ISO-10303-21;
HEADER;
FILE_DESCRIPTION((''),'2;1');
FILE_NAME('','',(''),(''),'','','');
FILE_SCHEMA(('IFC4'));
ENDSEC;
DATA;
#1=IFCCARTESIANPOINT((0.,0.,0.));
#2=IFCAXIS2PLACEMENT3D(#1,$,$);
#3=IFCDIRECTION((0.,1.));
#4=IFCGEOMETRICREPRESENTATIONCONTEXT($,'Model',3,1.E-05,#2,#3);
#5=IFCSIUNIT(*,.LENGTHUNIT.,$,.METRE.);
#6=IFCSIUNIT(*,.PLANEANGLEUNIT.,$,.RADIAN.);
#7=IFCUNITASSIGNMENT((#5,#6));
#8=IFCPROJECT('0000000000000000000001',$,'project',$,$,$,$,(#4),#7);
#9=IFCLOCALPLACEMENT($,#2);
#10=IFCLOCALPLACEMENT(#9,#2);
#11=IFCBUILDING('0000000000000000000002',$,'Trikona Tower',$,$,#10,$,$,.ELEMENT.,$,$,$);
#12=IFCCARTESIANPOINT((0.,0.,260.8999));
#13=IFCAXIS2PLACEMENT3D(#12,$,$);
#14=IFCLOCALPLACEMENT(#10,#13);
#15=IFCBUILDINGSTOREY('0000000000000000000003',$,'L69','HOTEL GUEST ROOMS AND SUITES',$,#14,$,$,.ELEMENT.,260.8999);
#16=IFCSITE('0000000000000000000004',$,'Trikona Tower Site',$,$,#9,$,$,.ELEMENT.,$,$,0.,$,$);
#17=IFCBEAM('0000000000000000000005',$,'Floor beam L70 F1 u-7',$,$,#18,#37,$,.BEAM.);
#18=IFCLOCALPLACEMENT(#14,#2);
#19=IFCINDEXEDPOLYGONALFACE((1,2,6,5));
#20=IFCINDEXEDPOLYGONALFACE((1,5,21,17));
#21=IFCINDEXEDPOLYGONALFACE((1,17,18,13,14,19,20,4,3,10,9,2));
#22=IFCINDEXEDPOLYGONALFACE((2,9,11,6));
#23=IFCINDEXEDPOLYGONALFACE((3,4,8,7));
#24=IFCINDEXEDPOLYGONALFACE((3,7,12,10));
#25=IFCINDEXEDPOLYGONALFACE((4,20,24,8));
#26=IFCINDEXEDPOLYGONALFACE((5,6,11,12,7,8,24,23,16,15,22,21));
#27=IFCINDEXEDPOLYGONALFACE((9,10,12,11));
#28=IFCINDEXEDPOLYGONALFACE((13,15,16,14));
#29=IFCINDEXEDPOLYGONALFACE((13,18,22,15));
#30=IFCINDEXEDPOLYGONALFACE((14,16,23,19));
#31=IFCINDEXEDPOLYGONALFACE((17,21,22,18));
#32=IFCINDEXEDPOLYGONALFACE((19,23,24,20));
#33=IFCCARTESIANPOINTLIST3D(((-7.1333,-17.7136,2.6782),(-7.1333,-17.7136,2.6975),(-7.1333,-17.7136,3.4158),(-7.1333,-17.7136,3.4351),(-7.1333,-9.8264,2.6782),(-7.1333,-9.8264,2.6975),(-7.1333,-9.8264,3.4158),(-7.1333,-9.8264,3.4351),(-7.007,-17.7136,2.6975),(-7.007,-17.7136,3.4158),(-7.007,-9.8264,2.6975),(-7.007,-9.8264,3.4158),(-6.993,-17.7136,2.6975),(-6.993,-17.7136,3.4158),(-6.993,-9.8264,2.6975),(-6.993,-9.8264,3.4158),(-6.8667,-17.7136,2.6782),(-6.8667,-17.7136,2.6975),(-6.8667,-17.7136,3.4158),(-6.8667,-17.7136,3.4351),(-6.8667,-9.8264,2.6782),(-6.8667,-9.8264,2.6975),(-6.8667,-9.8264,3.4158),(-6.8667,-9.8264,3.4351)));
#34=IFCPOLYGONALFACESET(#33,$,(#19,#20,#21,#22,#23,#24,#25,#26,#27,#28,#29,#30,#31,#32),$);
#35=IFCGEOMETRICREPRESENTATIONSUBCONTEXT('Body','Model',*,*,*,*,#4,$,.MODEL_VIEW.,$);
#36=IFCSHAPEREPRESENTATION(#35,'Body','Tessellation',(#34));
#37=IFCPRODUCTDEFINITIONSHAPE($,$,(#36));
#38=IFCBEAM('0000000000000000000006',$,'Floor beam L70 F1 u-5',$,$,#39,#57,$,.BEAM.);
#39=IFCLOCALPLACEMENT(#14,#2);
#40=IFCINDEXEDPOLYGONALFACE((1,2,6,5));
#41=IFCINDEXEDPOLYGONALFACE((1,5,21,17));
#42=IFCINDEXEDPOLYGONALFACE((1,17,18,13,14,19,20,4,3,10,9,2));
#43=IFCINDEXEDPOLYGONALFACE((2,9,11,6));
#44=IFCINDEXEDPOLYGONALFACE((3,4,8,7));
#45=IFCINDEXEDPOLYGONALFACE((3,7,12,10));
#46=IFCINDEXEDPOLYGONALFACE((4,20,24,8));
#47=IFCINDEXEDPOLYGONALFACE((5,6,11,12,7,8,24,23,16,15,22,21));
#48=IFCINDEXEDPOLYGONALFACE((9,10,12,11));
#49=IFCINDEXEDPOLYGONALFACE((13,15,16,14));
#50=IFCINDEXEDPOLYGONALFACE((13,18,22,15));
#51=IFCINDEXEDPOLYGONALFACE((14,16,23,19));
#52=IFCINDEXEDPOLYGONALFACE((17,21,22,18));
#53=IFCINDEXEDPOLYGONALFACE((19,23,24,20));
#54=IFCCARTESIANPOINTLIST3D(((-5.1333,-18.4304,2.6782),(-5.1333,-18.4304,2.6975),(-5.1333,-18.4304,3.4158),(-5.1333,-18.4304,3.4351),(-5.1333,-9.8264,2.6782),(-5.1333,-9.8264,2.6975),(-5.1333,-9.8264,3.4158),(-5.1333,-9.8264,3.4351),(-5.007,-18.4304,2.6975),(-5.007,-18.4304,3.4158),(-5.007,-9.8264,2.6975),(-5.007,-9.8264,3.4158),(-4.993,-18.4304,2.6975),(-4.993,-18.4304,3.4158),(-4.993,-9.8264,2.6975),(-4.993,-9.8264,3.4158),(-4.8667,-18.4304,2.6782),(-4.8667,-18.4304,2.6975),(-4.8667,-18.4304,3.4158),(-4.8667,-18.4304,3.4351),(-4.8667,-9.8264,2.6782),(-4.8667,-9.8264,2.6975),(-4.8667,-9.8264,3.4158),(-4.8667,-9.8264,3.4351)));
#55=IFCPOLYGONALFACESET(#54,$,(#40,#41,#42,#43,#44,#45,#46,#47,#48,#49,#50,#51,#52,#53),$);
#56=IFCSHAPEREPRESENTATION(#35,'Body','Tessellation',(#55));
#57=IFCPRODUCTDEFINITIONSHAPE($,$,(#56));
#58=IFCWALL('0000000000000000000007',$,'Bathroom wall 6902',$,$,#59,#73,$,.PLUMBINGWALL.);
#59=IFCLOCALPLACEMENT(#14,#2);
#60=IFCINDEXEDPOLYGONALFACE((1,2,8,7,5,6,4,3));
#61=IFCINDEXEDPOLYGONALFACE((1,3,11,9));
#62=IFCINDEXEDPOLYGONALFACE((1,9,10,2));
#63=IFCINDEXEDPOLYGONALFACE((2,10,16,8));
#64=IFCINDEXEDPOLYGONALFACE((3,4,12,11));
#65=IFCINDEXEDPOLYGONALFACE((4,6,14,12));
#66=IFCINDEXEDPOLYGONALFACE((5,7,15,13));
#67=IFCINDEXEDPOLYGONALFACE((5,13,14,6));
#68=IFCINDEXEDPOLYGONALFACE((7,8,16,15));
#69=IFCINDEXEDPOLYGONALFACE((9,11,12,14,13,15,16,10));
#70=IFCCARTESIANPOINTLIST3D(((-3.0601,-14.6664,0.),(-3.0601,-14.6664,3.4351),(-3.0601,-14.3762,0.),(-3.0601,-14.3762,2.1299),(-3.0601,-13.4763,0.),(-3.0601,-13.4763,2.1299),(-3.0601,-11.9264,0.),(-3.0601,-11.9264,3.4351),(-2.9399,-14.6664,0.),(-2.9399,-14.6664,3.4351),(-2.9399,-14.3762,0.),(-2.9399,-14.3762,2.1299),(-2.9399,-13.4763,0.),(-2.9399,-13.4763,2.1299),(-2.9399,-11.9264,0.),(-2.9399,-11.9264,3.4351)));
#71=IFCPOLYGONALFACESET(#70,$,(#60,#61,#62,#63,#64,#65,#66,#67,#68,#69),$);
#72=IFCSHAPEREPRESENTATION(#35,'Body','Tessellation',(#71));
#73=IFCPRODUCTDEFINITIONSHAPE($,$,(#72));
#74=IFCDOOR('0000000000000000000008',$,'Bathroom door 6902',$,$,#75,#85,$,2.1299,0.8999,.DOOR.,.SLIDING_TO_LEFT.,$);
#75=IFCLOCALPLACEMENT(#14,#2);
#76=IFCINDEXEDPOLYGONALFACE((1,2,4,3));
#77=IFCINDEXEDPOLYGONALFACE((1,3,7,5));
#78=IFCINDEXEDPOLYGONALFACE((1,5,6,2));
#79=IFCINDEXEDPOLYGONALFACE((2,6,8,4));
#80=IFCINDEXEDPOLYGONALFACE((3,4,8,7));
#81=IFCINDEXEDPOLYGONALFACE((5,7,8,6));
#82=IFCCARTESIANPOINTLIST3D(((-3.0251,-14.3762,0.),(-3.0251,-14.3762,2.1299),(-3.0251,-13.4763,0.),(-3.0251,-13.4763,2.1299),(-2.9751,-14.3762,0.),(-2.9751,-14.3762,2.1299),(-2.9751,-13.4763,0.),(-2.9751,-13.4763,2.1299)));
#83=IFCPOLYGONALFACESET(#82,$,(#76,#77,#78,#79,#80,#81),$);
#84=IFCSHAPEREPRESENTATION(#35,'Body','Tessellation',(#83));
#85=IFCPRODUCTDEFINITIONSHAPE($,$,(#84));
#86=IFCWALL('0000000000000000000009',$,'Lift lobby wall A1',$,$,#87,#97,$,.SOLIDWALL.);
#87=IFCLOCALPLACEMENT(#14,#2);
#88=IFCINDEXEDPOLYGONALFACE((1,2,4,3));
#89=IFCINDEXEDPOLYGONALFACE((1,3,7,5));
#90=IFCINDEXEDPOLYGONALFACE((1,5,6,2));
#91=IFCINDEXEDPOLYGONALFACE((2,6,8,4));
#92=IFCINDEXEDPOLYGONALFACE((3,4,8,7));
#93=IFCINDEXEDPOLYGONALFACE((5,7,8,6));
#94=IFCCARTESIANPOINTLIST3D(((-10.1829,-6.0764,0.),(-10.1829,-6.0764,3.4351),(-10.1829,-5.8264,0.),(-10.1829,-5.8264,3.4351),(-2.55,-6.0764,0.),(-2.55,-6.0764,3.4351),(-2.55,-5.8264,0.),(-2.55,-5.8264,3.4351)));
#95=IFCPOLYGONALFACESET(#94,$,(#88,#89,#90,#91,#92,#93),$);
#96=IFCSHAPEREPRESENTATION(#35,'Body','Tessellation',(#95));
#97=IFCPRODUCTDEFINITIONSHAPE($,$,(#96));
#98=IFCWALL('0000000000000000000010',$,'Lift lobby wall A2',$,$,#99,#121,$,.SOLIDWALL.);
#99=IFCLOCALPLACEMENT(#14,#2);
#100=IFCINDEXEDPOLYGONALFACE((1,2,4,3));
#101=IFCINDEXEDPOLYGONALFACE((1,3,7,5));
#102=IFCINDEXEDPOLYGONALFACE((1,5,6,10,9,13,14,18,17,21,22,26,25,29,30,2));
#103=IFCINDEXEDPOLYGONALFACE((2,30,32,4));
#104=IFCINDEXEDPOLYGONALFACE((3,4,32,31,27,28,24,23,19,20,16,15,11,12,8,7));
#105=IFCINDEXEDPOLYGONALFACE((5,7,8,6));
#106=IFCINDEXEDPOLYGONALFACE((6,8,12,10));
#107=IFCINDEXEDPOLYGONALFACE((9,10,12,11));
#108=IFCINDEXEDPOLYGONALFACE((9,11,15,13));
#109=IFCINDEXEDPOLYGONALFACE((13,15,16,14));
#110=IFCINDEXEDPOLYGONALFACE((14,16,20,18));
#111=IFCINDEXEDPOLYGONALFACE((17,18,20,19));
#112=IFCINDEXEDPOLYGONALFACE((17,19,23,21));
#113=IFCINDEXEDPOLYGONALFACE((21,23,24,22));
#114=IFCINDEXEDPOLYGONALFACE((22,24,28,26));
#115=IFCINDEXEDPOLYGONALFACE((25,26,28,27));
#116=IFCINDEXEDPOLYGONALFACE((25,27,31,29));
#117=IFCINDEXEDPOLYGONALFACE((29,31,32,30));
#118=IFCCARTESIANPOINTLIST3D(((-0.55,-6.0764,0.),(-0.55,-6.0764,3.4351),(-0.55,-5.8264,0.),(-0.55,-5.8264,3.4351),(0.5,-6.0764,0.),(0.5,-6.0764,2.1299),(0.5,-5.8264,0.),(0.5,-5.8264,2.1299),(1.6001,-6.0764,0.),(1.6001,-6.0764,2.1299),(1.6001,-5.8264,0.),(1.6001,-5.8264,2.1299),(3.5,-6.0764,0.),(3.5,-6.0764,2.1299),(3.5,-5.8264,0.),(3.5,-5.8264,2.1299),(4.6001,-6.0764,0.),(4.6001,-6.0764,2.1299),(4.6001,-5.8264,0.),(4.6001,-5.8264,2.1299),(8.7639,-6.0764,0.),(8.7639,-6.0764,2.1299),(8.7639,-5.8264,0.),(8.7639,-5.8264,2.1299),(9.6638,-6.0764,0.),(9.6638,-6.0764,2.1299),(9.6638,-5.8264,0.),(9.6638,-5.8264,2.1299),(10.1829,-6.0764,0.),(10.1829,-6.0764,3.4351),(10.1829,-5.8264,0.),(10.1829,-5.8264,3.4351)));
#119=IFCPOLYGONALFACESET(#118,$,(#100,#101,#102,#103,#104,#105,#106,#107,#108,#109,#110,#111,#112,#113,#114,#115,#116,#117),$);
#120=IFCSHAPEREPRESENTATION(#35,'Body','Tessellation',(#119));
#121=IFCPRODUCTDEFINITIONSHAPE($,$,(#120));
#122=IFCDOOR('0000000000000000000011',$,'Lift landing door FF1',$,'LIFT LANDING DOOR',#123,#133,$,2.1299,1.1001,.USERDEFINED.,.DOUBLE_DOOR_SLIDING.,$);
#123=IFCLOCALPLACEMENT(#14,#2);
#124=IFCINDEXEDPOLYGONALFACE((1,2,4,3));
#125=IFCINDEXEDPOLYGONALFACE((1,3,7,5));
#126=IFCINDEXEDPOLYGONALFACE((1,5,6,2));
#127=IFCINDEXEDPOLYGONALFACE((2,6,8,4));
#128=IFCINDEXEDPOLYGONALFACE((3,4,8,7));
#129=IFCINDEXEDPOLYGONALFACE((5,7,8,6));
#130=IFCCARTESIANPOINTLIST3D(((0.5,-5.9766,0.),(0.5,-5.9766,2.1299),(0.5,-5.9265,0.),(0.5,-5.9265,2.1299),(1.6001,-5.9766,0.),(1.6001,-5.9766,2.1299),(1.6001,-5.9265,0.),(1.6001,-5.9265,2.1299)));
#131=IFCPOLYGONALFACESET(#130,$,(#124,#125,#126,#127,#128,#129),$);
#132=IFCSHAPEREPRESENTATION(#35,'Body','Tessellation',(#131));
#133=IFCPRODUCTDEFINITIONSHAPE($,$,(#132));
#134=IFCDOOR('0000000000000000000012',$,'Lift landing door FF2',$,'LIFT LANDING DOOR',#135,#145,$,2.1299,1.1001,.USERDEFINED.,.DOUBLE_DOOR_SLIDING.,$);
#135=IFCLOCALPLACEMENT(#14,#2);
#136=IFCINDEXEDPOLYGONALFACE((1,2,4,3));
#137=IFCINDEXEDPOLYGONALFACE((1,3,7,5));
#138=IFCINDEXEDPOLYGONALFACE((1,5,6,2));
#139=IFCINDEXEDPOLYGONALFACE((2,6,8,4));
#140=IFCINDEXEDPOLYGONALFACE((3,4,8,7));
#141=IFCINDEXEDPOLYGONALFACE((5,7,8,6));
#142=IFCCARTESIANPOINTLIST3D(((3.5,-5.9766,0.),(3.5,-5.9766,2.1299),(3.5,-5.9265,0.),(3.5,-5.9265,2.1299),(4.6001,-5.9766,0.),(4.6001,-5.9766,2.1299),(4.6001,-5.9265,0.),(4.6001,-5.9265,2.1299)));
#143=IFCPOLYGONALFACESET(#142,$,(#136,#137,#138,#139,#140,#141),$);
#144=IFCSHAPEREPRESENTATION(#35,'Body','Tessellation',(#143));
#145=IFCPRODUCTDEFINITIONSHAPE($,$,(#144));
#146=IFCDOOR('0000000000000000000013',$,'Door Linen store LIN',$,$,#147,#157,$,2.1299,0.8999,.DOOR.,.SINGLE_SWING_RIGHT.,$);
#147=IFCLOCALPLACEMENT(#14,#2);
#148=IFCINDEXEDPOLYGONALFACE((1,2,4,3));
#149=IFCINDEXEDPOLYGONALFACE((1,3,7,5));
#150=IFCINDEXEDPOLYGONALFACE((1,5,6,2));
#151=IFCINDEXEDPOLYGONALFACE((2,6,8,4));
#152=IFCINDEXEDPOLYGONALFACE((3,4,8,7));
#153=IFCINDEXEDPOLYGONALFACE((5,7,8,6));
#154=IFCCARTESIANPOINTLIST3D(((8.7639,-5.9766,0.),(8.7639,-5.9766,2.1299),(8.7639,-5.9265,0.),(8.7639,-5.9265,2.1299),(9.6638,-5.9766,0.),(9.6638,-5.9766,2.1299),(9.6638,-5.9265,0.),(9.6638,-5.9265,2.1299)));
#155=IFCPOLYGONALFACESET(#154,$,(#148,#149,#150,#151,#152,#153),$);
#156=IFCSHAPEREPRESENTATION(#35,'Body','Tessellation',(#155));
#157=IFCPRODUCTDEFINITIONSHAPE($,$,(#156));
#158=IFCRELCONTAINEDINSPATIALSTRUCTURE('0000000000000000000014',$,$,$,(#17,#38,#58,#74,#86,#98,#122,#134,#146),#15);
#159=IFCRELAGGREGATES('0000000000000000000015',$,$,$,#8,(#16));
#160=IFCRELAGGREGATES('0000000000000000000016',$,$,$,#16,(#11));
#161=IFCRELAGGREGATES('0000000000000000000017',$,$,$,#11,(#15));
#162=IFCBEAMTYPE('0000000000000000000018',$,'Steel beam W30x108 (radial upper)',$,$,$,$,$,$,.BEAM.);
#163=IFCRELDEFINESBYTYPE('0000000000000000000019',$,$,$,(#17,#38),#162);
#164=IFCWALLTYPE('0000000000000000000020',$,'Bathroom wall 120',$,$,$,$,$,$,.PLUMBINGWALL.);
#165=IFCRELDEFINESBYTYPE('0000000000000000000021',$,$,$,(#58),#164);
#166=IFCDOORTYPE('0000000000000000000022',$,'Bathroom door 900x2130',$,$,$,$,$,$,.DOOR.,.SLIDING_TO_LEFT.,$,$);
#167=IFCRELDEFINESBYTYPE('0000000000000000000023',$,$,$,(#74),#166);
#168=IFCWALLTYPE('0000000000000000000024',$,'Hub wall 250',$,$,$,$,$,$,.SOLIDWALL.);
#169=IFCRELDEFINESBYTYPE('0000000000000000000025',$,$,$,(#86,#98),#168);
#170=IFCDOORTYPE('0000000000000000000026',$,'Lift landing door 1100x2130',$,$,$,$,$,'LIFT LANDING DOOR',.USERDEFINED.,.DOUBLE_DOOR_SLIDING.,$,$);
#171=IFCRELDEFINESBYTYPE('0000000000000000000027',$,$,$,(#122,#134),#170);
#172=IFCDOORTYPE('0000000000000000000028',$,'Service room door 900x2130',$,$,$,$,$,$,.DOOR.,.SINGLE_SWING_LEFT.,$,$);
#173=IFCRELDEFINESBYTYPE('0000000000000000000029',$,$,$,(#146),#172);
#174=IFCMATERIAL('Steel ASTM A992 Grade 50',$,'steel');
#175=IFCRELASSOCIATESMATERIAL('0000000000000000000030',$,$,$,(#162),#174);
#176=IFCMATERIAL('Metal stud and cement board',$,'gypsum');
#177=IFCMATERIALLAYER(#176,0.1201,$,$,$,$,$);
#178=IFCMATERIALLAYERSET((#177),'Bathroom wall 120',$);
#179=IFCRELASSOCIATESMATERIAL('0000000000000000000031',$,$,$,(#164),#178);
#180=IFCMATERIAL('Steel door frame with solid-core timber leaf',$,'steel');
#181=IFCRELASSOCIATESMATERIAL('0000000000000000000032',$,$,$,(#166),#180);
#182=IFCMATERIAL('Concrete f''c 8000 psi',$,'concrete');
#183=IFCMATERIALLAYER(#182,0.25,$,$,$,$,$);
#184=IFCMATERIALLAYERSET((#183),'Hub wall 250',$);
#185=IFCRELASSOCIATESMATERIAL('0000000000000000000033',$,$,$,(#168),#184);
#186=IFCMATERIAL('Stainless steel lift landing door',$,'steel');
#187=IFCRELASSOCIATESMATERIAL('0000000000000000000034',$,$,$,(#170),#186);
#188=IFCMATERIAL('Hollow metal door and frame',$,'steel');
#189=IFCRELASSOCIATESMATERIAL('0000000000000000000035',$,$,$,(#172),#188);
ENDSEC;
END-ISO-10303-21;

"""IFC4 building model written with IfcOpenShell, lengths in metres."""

from ifc_helpers import new_model, si_unit, direction, frame, frame_2d, origin, origin_2d, place, context, subcontext, project, spatial, rectangle, i_section, extrude, material, layer, layer_set, material_profile, profile_set, type_object, element, fill, save


model = new_model("IFC4")

# Units and contexts
model_context = context("Model", 3, precision=1e-05, world=origin(), true_north=direction((0.0, 1.0)))
body_context = subcontext(model_context, "Body", "Model", "MODEL_VIEW")
ifc_project = project(units=[si_unit("LENGTHUNIT", "METRE"), si_unit("PLANEANGLEUNIT", "RADIAN")], contexts=[model_context])

# Site, building, storey
site_placement = place(None, origin())
site = spatial("IfcSite", under=ifc_project, at=site_placement, Name="Trikona Tower Site", CompositionType="ELEMENT", RefElevation=0.0)
building_placement = place(site_placement, origin())
building = spatial("IfcBuilding", under=site, at=building_placement, Name="Trikona Tower", CompositionType="ELEMENT")
storey_placement = place(building_placement, frame((0.0, 0.0, 260.8999)))
storey = spatial("IfcBuildingStorey", under=building, at=storey_placement, Name="L69", Description="HOTEL GUEST ROOMS AND SUITES", CompositionType="ELEMENT", Elevation=260.8999)

# Beams
ifc_material_1 = material(Name="Steel ASTM A992 Grade 50", Category="steel")
ifc_material_profile = material_profile(ifc_material_1, i_section(OverallWidth=0.2666, OverallDepth=0.7568, WebThickness=0.0139, FlangeThickness=0.0193, at=origin_2d()), Name="W30X108")
ifc_profile_set = profile_set([ifc_material_profile], Name="Steel ASTM A992 Grade 50")
beam_type = type_object("IfcBeamType", Name="Steel beam W30x108 (radial upper)", PredefinedType="BEAM", material=ifc_profile_set)
beam_1_placement = place(storey_placement, frame((-7.0, -9.8264, 3.0566), z_axis=(0.0, -1.0, 0.0), x_axis=(1.0, 0.0, 0.0)))
element("IfcBeam", 1, at=beam_1_placement, inside=storey, type_object=beam_type, Name="Floor beam L70 F1 u-7", PredefinedType="BEAM", context=body_context, shape_type="SweptSolid", body=[
    extrude(i_section(OverallWidth=0.2666, OverallDepth=0.7568, WebThickness=0.0139, FlangeThickness=0.0193, at=origin_2d()), origin(), (0.0, 0.0, 1.0), 7.8872),
])
beam_2_placement = place(storey_placement, frame((-5.0, -9.8264, 3.0566), z_axis=(0.0, -1.0, 0.0), x_axis=(1.0, 0.0, 0.0)))
element("IfcBeam", 2, at=beam_2_placement, inside=storey, type_object=beam_type, Name="Floor beam L70 F1 u-5", PredefinedType="BEAM", context=body_context, shape_type="SweptSolid", body=[
    extrude(i_section(OverallWidth=0.2666, OverallDepth=0.7568, WebThickness=0.0139, FlangeThickness=0.0193, at=origin_2d()), origin(), (0.0, 0.0, 1.0), 8.604),
])

# Wall, opening, door
ifc_material_2 = material(Name="Metal stud and cement board", Category="gypsum")
ifc_layer_1 = layer(ifc_material_2, 0.1201)
ifc_layer_set_1 = layer_set([ifc_layer_1], Name="Bathroom wall 120")
wall_type_1 = type_object("IfcWallType", Name="Bathroom wall 120", PredefinedType="PLUMBINGWALL", material=ifc_layer_set_1)
wall_1_placement = place(storey_placement, frame((-3.0, -11.9263, 0.0), z_axis=(0.0, 0.0, 1.0), x_axis=(0.0, -1.0, 0.0)))
wall_1 = element("IfcWall", 3, at=wall_1_placement, inside=storey, type_object=wall_type_1, Name="Bathroom wall 6902", PredefinedType="PLUMBINGWALL", context=body_context, shape_type="SweptSolid", body=[
    extrude(rectangle(XDim=2.74, YDim=0.1201, at=frame_2d((1.3701, 0.0))), origin(), (0.0, 0.0, 1.0), 3.4351),
])
opening_1_placement = place(wall_1_placement, frame((1.55, 0.0, 0.0)))
opening_1 = element("IfcOpeningElement", 4, at=opening_1_placement, cuts=wall_1, PredefinedType="OPENING", context=body_context, shape_type="SweptSolid", body=[
    extrude(rectangle(XDim=0.8999, YDim=2.1299, at=frame_2d((0.45, 1.0649))), frame((0.0, 0.0701, 0.0), z_axis=(0.0, -1.0, 0.0), x_axis=(1.0, 0.0, 0.0)), (0.0, 0.0, 1.0), 0.1401),
])
ifc_material_3 = material(Name="Steel door frame with solid-core timber leaf", Category="steel")
door_type_1 = type_object("IfcDoorType", Name="Bathroom door 900x2130", OperationType="SLIDING_TO_LEFT", PredefinedType="DOOR", material=ifc_material_3)
door_1_placement = place(opening_1_placement, origin())
door_1 = element("IfcDoor", 5, at=door_1_placement, inside=storey, type_object=door_type_1, Name="Bathroom door 6902", OperationType="SLIDING_TO_LEFT", OverallHeight=2.1299, OverallWidth=0.8999, PredefinedType="DOOR", context=body_context, shape_type="SweptSolid", body=[
    extrude(rectangle(XDim=0.8999, YDim=2.1299, at=frame_2d((0.45, 1.0649))), frame((0.0, 0.0249, 0.0), z_axis=(0.0, -1.0, 0.0), x_axis=(1.0, 0.0, 0.0)), (0.0, 0.0, 1.0), 0.05),
])
fill(opening_1, door_1)

# Wall
ifc_material_4 = material(Name="Concrete f'c 8000 psi", Category="concrete")
ifc_layer_2 = layer(ifc_material_4, 0.25)
ifc_layer_set_2 = layer_set([ifc_layer_2], Name="Hub wall 250")
wall_type_2 = type_object("IfcWallType", Name="Hub wall 250", PredefinedType="SOLIDWALL", material=ifc_layer_set_2)
wall_2_placement = place(storey_placement, frame((-10.1829, -5.9514, 0.0), z_axis=(0.0, 0.0, 1.0), x_axis=(1.0, 0.0, 0.0)))
element("IfcWall", 6, at=wall_2_placement, inside=storey, type_object=wall_type_2, Name="Lift lobby wall A1", PredefinedType="SOLIDWALL", context=body_context, shape_type="SweptSolid", body=[
    extrude(rectangle(XDim=7.6328, YDim=0.25, at=frame_2d((3.8164, 0.0))), origin(), (0.0, 0.0, 1.0), 3.4351),
])

# Wall, openings, doors
wall_3_placement = place(storey_placement, frame((-0.55, -5.9514, 0.0), z_axis=(0.0, 0.0, 1.0), x_axis=(1.0, 0.0, 0.0)))
wall_3 = element("IfcWall", 7, at=wall_3_placement, inside=storey, type_object=wall_type_2, Name="Lift lobby wall A2", PredefinedType="SOLIDWALL", context=body_context, shape_type="SweptSolid", body=[
    extrude(rectangle(XDim=10.7329, YDim=0.25, at=frame_2d((5.3665, 0.0))), origin(), (0.0, 0.0, 1.0), 3.4351),
])
opening_2_placement = place(wall_3_placement, frame((9.314, 0.0, 0.0)))
opening_2 = element("IfcOpeningElement", 8, at=opening_2_placement, cuts=wall_3, PredefinedType="OPENING", context=body_context, shape_type="SweptSolid", body=[
    extrude(rectangle(XDim=0.8999, YDim=2.1299, at=frame_2d((0.45, 1.0649))), frame((0.0, 0.135, 0.0), z_axis=(0.0, -1.0, 0.0), x_axis=(1.0, 0.0, 0.0)), (0.0, 0.0, 1.0), 0.27),
])
opening_3_placement = place(wall_3_placement, frame((1.05, 0.0, 0.0)))
opening_3 = element("IfcOpeningElement", 9, at=opening_3_placement, cuts=wall_3, PredefinedType="OPENING", context=body_context, shape_type="SweptSolid", body=[
    extrude(rectangle(XDim=1.1001, YDim=2.1299, at=frame_2d((0.55, 1.0649))), frame((0.0, 0.135, 0.0), z_axis=(0.0, -1.0, 0.0), x_axis=(1.0, 0.0, 0.0)), (0.0, 0.0, 1.0), 0.27),
])
opening_4_placement = place(wall_3_placement, frame((4.05, 0.0, 0.0)))
opening_4 = element("IfcOpeningElement", 10, at=opening_4_placement, cuts=wall_3, PredefinedType="OPENING", context=body_context, shape_type="SweptSolid", body=[
    extrude(rectangle(XDim=1.1001, YDim=2.1299, at=frame_2d((0.55, 1.0649))), frame((0.0, 0.135, 0.0), z_axis=(0.0, -1.0, 0.0), x_axis=(1.0, 0.0, 0.0)), (0.0, 0.0, 1.0), 0.27),
])
ifc_material_5 = material(Name="Stainless steel lift landing door", Category="steel")
door_type_2 = type_object("IfcDoorType", Name="Lift landing door 1100x2130", ElementType="LIFT LANDING DOOR", OperationType="DOUBLE_DOOR_SLIDING", PredefinedType="USERDEFINED", material=ifc_material_5)
door_2_placement = place(opening_3_placement, origin())
door_2 = element("IfcDoor", 11, at=door_2_placement, inside=storey, type_object=door_type_2, Name="Lift landing door FF1", ObjectType="LIFT LANDING DOOR", OperationType="DOUBLE_DOOR_SLIDING", OverallHeight=2.1299, OverallWidth=1.1001, PredefinedType="USERDEFINED", context=body_context, shape_type="SweptSolid", body=[
    extrude(rectangle(XDim=1.1001, YDim=2.1299, at=frame_2d((0.55, 1.0649))), frame((0.0, 0.0249, 0.0), z_axis=(0.0, -1.0, 0.0), x_axis=(1.0, 0.0, 0.0)), (0.0, 0.0, 1.0), 0.05),
])
fill(opening_3, door_2)
door_3_placement = place(opening_4_placement, origin())
door_3 = element("IfcDoor", 12, at=door_3_placement, inside=storey, type_object=door_type_2, Name="Lift landing door FF2", ObjectType="LIFT LANDING DOOR", OperationType="DOUBLE_DOOR_SLIDING", OverallHeight=2.1299, OverallWidth=1.1001, PredefinedType="USERDEFINED", context=body_context, shape_type="SweptSolid", body=[
    extrude(rectangle(XDim=1.1001, YDim=2.1299, at=frame_2d((0.55, 1.0649))), frame((0.0, 0.0249, 0.0), z_axis=(0.0, -1.0, 0.0), x_axis=(1.0, 0.0, 0.0)), (0.0, 0.0, 1.0), 0.05),
])
fill(opening_4, door_3)
ifc_material_6 = material(Name="Hollow metal door and frame", Category="steel")
door_type_3 = type_object("IfcDoorType", Name="Service room door 900x2130", OperationType="SINGLE_SWING_LEFT", PredefinedType="DOOR", material=ifc_material_6)
door_4_placement = place(opening_2_placement, origin())
door_4 = element("IfcDoor", 13, at=door_4_placement, inside=storey, type_object=door_type_3, Name="Door Linen store LIN", OperationType="SINGLE_SWING_RIGHT", OverallHeight=2.1299, OverallWidth=0.8999, PredefinedType="DOOR", context=body_context, shape_type="SweptSolid", body=[
    extrude(rectangle(XDim=0.8999, YDim=2.1299, at=frame_2d((0.45, 1.0649))), frame((0.0, 0.0249, 0.0), z_axis=(0.0, -1.0, 0.0), x_axis=(1.0, 0.0, 0.0)), (0.0, 0.0, 1.0), 0.05),
])
fill(opening_2, door_4)

save(model, "model.ifc")
